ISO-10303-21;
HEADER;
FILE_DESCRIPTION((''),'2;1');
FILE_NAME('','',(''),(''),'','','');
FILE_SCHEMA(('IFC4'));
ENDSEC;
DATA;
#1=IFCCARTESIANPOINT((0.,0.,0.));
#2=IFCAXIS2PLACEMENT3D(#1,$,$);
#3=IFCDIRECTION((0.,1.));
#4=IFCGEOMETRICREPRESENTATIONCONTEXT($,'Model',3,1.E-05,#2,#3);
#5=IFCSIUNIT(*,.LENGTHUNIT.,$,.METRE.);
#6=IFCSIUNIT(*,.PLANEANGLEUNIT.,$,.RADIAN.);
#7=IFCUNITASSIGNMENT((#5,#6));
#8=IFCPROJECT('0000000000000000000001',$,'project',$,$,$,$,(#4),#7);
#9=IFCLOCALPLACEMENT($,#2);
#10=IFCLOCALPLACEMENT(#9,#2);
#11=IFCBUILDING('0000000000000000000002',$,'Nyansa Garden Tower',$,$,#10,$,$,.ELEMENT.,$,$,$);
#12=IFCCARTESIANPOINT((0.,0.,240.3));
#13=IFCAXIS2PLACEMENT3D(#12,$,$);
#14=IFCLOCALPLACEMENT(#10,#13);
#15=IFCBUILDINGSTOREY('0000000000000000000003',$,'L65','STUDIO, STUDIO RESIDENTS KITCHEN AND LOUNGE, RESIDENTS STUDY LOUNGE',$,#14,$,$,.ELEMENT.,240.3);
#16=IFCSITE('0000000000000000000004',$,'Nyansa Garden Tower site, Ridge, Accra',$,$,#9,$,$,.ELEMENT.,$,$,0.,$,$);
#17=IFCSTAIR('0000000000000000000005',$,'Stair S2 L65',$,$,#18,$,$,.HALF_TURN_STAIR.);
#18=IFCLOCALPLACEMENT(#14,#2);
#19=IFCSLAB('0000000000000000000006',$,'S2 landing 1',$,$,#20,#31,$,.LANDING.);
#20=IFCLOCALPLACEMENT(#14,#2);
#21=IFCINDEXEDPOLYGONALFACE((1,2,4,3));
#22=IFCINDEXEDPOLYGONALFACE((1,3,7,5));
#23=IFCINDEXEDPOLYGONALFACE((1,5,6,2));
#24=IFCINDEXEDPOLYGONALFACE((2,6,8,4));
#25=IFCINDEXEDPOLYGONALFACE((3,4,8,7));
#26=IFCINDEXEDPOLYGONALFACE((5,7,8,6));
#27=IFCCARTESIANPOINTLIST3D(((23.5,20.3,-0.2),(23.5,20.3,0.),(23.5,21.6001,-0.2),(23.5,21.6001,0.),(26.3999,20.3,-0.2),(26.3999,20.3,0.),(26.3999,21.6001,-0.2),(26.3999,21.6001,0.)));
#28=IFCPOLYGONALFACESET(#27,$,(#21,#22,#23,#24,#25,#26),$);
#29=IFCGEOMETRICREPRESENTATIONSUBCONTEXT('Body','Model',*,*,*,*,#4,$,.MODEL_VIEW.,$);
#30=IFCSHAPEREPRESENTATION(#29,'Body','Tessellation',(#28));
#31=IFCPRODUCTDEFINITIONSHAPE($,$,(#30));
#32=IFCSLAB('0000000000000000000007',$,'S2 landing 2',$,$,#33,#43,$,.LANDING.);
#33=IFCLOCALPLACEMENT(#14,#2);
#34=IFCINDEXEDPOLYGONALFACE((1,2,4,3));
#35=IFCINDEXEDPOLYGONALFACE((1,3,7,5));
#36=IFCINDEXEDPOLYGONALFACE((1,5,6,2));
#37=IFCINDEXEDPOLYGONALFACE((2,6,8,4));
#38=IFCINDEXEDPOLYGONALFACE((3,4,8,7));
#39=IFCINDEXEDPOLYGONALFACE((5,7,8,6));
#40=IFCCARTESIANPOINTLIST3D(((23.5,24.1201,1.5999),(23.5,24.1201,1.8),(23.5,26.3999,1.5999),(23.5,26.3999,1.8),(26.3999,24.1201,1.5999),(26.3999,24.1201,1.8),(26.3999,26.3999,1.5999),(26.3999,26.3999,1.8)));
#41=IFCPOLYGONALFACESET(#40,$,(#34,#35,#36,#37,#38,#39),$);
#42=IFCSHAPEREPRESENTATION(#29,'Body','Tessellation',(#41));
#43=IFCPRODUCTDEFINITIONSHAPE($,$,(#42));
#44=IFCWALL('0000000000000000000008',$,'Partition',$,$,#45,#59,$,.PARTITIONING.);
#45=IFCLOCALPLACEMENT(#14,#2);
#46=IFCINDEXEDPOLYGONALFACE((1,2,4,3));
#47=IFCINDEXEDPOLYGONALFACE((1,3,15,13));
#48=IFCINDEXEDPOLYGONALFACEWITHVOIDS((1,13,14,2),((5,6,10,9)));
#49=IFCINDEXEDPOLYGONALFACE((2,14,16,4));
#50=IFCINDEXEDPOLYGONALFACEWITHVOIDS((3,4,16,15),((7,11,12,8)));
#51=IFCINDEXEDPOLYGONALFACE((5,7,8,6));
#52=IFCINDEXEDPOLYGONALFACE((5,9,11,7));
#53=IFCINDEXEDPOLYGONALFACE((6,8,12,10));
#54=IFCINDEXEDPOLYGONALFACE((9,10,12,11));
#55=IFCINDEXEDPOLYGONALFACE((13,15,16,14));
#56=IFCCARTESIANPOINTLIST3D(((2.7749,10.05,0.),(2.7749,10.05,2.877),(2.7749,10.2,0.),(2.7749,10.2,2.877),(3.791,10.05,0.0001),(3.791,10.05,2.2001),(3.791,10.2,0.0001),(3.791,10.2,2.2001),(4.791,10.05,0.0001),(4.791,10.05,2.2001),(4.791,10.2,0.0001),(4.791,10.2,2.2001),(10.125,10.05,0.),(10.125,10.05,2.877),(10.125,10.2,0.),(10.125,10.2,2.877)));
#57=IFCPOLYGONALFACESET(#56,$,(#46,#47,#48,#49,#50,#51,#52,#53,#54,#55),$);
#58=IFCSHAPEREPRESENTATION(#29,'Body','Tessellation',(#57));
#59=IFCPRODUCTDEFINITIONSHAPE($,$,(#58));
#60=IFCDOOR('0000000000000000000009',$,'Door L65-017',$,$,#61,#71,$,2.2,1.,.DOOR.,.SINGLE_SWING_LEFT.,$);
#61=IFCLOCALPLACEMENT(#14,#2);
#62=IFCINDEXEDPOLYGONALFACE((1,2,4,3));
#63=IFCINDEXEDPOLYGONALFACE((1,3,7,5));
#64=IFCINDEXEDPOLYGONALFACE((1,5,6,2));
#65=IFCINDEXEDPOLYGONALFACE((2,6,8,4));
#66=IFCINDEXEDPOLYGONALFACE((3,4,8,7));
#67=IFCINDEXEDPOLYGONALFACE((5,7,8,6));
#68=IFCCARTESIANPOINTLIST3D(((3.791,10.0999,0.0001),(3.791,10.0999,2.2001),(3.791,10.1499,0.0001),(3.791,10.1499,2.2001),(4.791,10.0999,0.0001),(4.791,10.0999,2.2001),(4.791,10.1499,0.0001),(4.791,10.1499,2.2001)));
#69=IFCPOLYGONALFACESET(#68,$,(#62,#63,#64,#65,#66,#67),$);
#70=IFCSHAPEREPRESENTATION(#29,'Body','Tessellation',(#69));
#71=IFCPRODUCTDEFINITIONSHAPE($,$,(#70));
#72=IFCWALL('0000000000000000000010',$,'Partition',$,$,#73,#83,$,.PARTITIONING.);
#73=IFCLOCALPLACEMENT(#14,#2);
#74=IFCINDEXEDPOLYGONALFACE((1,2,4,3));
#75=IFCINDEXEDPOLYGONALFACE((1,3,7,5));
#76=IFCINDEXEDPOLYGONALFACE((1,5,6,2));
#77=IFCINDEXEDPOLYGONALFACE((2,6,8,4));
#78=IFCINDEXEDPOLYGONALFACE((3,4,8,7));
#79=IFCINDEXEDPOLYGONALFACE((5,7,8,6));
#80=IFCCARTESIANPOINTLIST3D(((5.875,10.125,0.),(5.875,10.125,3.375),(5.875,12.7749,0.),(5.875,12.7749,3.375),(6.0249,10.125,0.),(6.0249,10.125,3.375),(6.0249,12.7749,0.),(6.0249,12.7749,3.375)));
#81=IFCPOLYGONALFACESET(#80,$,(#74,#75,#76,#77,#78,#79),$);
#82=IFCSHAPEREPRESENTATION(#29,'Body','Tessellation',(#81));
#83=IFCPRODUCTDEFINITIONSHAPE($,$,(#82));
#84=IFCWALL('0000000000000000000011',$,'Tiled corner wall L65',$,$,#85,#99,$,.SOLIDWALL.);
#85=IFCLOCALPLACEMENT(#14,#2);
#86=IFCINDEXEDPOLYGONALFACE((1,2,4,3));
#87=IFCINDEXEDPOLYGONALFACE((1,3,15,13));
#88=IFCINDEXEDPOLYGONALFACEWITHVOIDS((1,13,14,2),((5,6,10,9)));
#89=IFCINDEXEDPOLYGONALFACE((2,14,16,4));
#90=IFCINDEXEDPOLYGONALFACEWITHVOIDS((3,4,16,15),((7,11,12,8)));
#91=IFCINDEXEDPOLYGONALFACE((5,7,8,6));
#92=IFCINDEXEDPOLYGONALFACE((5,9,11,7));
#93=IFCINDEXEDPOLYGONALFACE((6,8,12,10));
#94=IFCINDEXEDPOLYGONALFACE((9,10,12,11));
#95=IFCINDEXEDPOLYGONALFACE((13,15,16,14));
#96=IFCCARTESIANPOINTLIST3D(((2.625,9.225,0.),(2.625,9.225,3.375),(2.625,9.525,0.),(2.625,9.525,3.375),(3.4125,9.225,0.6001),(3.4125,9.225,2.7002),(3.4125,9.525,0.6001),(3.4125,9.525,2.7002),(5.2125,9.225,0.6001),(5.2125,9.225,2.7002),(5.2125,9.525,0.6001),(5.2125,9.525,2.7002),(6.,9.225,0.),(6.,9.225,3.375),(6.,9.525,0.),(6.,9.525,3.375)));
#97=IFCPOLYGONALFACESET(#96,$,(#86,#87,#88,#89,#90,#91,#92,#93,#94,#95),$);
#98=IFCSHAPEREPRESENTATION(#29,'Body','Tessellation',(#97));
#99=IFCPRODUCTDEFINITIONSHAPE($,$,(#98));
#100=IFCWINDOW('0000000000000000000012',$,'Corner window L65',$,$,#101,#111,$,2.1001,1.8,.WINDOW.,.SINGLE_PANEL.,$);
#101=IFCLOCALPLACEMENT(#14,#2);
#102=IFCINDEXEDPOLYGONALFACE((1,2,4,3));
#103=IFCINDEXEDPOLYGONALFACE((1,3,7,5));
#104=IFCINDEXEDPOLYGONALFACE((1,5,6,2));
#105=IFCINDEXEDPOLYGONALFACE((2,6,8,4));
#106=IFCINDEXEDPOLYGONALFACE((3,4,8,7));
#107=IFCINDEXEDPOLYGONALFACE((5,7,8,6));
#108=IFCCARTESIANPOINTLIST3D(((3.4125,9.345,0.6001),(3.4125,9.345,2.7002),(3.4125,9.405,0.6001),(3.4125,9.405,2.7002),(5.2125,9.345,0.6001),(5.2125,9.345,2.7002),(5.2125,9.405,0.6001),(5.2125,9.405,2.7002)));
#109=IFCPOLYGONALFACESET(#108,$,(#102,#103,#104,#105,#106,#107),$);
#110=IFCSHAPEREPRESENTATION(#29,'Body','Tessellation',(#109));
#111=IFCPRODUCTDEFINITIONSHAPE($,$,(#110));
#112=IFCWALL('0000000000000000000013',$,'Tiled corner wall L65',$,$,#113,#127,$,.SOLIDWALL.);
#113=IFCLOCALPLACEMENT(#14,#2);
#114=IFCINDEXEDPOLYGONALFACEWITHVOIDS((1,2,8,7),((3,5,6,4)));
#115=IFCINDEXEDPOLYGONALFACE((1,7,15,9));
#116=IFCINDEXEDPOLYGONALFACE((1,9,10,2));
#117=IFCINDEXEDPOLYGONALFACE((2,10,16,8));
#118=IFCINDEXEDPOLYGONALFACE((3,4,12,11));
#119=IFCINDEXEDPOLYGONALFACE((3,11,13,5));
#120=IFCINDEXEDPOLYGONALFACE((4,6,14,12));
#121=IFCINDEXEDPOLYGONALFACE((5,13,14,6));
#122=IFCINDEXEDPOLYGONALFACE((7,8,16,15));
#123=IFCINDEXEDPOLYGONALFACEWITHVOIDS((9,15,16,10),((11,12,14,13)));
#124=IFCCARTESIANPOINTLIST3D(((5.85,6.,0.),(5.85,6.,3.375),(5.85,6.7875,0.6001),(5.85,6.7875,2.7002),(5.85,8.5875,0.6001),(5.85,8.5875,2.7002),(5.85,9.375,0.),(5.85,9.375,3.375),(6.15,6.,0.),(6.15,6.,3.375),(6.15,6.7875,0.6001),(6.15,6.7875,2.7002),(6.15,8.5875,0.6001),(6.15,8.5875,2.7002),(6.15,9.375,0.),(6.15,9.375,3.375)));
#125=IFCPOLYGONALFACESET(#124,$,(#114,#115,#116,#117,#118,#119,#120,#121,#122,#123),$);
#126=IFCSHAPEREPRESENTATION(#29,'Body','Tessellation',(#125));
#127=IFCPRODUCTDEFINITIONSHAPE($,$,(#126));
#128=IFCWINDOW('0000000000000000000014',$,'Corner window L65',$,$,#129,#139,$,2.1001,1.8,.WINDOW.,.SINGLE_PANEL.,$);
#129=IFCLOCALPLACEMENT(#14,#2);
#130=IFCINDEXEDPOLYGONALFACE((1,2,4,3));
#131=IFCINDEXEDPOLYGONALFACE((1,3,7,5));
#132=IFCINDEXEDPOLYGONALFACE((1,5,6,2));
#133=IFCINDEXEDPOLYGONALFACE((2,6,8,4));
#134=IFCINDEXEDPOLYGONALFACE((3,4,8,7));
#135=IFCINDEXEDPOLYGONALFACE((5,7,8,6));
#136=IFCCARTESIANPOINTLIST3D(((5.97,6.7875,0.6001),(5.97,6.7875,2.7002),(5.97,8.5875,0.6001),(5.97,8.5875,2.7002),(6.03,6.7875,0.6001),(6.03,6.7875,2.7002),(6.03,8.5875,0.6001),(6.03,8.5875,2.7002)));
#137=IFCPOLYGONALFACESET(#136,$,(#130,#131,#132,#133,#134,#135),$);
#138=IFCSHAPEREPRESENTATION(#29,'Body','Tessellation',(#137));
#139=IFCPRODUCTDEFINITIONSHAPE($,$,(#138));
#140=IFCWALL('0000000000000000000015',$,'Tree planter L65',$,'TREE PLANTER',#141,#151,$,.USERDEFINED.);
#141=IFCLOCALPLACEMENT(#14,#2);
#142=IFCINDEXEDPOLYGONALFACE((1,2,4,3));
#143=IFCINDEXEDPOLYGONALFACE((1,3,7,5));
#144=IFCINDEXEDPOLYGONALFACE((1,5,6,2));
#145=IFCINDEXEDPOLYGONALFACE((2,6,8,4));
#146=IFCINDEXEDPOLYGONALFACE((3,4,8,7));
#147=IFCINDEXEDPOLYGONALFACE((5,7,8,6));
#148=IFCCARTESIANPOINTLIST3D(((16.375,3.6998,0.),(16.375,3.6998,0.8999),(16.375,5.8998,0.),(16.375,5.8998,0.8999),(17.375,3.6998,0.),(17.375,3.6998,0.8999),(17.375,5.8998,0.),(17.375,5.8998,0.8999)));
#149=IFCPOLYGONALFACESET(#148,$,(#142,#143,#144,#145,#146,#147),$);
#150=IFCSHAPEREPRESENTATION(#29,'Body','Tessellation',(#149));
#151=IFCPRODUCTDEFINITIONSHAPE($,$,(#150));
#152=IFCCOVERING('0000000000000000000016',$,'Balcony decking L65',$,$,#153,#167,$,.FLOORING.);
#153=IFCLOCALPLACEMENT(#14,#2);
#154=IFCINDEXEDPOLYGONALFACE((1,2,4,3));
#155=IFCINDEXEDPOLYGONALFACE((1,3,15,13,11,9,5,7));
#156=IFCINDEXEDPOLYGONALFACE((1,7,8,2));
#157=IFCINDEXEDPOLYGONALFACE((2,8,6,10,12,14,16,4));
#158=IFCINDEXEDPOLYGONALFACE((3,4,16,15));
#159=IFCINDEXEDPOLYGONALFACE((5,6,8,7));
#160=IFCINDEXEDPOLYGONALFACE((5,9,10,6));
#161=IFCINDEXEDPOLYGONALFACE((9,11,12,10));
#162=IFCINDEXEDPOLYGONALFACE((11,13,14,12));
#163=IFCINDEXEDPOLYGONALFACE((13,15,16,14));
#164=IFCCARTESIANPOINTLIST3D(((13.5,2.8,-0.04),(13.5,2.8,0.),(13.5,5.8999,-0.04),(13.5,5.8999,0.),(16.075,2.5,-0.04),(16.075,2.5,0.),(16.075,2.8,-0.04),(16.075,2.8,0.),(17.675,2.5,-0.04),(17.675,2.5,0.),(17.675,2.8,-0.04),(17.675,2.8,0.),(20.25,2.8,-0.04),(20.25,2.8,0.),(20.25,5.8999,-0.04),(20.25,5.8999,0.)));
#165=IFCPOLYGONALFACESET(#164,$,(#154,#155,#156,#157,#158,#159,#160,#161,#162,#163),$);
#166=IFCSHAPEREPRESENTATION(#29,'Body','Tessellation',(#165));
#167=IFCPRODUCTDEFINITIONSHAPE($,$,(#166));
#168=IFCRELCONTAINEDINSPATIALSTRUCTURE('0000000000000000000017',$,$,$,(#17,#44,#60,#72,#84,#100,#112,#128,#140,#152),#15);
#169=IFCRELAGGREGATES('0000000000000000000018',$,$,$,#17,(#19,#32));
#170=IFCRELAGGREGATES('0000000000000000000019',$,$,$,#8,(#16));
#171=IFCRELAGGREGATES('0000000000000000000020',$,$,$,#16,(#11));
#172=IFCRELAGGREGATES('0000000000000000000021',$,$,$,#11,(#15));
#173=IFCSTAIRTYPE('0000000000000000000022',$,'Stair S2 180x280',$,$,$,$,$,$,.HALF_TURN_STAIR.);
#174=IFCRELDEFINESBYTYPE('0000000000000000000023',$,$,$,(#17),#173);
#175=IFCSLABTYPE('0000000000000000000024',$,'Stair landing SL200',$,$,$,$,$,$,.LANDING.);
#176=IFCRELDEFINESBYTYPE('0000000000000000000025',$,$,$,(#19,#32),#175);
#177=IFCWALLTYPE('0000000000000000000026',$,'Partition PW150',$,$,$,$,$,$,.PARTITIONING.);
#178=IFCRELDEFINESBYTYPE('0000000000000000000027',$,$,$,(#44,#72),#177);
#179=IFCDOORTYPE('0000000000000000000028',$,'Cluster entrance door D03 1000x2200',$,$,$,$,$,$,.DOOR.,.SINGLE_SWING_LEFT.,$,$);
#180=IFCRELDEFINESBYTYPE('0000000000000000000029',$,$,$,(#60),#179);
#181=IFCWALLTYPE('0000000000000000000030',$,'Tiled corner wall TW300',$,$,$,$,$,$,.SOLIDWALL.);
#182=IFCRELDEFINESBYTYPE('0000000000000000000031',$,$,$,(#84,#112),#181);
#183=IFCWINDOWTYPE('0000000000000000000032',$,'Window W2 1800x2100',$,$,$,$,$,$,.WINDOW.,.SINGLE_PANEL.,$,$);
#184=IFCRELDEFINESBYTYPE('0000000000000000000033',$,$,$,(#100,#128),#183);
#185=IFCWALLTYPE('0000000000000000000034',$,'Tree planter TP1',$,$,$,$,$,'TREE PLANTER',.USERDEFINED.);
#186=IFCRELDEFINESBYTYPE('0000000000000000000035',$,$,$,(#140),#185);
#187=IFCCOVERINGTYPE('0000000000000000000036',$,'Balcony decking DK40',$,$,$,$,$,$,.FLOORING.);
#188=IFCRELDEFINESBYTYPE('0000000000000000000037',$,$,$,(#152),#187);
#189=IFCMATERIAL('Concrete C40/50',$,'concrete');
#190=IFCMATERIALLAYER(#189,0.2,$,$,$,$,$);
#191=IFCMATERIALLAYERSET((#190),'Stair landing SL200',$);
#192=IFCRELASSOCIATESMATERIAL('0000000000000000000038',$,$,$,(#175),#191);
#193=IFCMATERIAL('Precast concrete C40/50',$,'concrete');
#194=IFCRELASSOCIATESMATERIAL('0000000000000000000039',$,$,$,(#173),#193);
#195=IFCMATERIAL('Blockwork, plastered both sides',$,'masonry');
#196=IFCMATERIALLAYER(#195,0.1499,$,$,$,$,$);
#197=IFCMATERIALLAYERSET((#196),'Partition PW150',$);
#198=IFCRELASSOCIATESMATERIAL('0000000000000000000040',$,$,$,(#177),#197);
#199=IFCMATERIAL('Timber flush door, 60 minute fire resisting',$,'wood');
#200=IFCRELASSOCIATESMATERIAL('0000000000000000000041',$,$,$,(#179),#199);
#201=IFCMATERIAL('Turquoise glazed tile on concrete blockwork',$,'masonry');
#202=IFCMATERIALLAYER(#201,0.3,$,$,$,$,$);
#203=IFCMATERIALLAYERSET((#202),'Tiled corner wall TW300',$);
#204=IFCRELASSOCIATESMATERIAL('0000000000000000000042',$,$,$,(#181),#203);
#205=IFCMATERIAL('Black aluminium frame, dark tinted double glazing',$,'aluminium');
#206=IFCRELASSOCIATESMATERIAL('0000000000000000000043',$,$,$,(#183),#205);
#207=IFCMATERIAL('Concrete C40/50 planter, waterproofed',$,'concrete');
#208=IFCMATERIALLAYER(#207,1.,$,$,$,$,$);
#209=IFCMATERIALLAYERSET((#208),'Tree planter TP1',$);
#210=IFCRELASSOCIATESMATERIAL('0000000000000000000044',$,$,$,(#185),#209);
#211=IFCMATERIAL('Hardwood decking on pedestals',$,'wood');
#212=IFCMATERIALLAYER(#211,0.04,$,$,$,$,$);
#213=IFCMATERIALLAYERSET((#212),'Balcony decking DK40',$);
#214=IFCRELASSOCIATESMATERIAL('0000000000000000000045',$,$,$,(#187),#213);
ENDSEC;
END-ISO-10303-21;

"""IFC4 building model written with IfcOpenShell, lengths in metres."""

from ifc_helpers import new_model, si_unit, direction, frame, frame_2d, origin, place, context, subcontext, project, spatial, polyline, rectangle, outline, extrude, material, layer, layer_set, type_object, element, fill, aggregate, save


model = new_model("IFC4")

# Units and contexts
model_context = context("Model", 3, precision=1e-05, world=origin(), true_north=direction((0.0, 1.0)))
body_context = subcontext(model_context, "Body", "Model", "MODEL_VIEW")
ifc_project = project(units=[si_unit("LENGTHUNIT", "METRE"), si_unit("PLANEANGLEUNIT", "RADIAN")], contexts=[model_context])

# Site, building, storey
site_placement = place(None, origin())
site = spatial("IfcSite", under=ifc_project, at=site_placement, Name="Nyansa Garden Tower site, Ridge, Accra", CompositionType="ELEMENT", RefElevation=0.0)
building_placement = place(site_placement, origin())
building = spatial("IfcBuilding", under=site, at=building_placement, Name="Nyansa Garden Tower", CompositionType="ELEMENT")
storey_placement = place(building_placement, frame((0.0, 0.0, 240.3)))
storey = spatial("IfcBuildingStorey", under=building, at=storey_placement, Name="L65", Description="STUDIO, STUDIO RESIDENTS KITCHEN AND LOUNGE, RESIDENTS STUDY LOUNGE", CompositionType="ELEMENT", Elevation=240.3)

# Stair, slabs
ifc_material_1 = material(Name="Concrete C40/50", Category="concrete")
ifc_layer_1 = layer(ifc_material_1, 0.2)
ifc_layer_set_1 = layer_set([ifc_layer_1], Name="Stair landing SL200")
slab_type_1 = type_object("IfcSlabType", Name="Stair landing SL200", PredefinedType="LANDING", material=ifc_layer_set_1)
ifc_material_2 = material(Name="Precast concrete C40/50", Category="concrete")
stair_type_1 = type_object("IfcStairType", Name="Stair S2 180x280", PredefinedType="HALF_TURN_STAIR", material=ifc_material_2)
stair_1_placement = place(storey_placement, origin())
stair_1 = element("IfcStair", 1, at=stair_1_placement, inside=storey, type_object=stair_type_1, Name="Stair S2 L65", PredefinedType="HALF_TURN_STAIR")
slab_1_placement = place(storey_placement, frame((0.0, 0.0, -0.2)))
slab_1 = element("IfcSlab", 2, at=slab_1_placement, type_object=slab_type_1, Name="S2 landing 1", PredefinedType="LANDING", context=body_context, shape_type="SweptSolid", body=[
    extrude(outline(polyline([(23.5, 20.3), (26.3999, 20.3), (26.3999, 21.6001), (23.5, 21.6001), (23.5, 20.3)])), origin(), (0.0, 0.0, 1.0), 0.2),
])
slab_2_placement = place(storey_placement, frame((0.0, 0.0, 1.5999)))
slab_2 = element("IfcSlab", 3, at=slab_2_placement, type_object=slab_type_1, Name="S2 landing 2", PredefinedType="LANDING", context=body_context, shape_type="SweptSolid", body=[
    extrude(outline(polyline([(23.5, 24.1201), (26.3999, 24.1201), (26.3999, 26.3999), (23.5, 26.3999), (23.5, 24.1201)])), origin(), (0.0, 0.0, 1.0), 0.2002),
])
aggregate(stair_1, [slab_1, slab_2])

# Wall, opening, door
ifc_material_3 = material(Name="Blockwork, plastered both sides", Category="masonry")
ifc_layer_2 = layer(ifc_material_3, 0.1499)
ifc_layer_set_2 = layer_set([ifc_layer_2], Name="Partition PW150")
wall_type_1 = type_object("IfcWallType", Name="Partition PW150", PredefinedType="PARTITIONING", material=ifc_layer_set_2)
wall_1_placement = place(storey_placement, frame((2.7749, 10.125, 0.0), z_axis=(0.0, 0.0, 1.0), x_axis=(1.0, 0.0, 0.0)))
wall_1 = element("IfcWall", 4, at=wall_1_placement, inside=storey, type_object=wall_type_1, Name="Partition", PredefinedType="PARTITIONING", context=body_context, shape_type="SweptSolid", body=[
    extrude(rectangle(XDim=7.3501, YDim=0.1499, at=frame_2d((3.675, 0.0))), origin(), (0.0, 0.0, 1.0), 2.877),
])
opening_1_placement = place(wall_1_placement, frame((1.0161, 0.0, 0.0)))
opening_1 = element("IfcOpeningElement", 5, at=opening_1_placement, cuts=wall_1, PredefinedType="OPENING", context=body_context, shape_type="SweptSolid", body=[
    extrude(rectangle(XDim=1.0, YDim=2.2, at=frame_2d((0.5, 1.1001))), frame((0.0, 0.085, 0.0), z_axis=(0.0, -1.0, 0.0), x_axis=(1.0, 0.0, 0.0)), (0.0, 0.0, 1.0), 0.1699),
])
ifc_material_4 = material(Name="Timber flush door, 60 minute fire resisting", Category="wood")
door_type = type_object("IfcDoorType", Name="Cluster entrance door D03 1000x2200", OperationType="SINGLE_SWING_LEFT", PredefinedType="DOOR", material=ifc_material_4)
door_placement = place(opening_1_placement, origin())
door = element("IfcDoor", 6, at=door_placement, inside=storey, type_object=door_type, Name="Door L65-017", OperationType="SINGLE_SWING_LEFT", OverallHeight=2.2, OverallWidth=1.0, PredefinedType="DOOR", context=body_context, shape_type="SweptSolid", body=[
    extrude(rectangle(XDim=1.0, YDim=2.2, at=frame_2d((0.5, 1.1001))), frame((0.0, 0.0249, 0.0), z_axis=(0.0, -1.0, 0.0), x_axis=(1.0, 0.0, 0.0)), (0.0, 0.0, 1.0), 0.05),
])
fill(opening_1, door)

# Wall
wall_2_placement = place(storey_placement, frame((5.95, 10.125, 0.0), z_axis=(0.0, 0.0, 1.0), x_axis=(0.0, 1.0, 0.0)))
element("IfcWall", 7, at=wall_2_placement, inside=storey, type_object=wall_type_1, Name="Partition", PredefinedType="PARTITIONING", context=body_context, shape_type="SweptSolid", body=[
    extrude(rectangle(XDim=2.6499, YDim=0.1499, at=frame_2d((1.325, 0.0))), origin(), (0.0, 0.0, 1.0), 3.375),
])

# Walls, openings, windows
ifc_material_5 = material(Name="Turquoise glazed tile on concrete blockwork", Category="masonry")
ifc_layer_3 = layer(ifc_material_5, 0.3)
ifc_layer_set_3 = layer_set([ifc_layer_3], Name="Tiled corner wall TW300")
wall_type_2 = type_object("IfcWallType", Name="Tiled corner wall TW300", PredefinedType="SOLIDWALL", material=ifc_layer_set_3)
wall_3_placement = place(storey_placement, frame((2.625, 9.375, 0.0), z_axis=(0.0, 0.0, 1.0), x_axis=(1.0, 0.0, 0.0)))
wall_3 = element("IfcWall", 8, at=wall_3_placement, inside=storey, type_object=wall_type_2, Name="Tiled corner wall L65", PredefinedType="SOLIDWALL", context=body_context, shape_type="SweptSolid", body=[
    extrude(rectangle(XDim=3.375, YDim=0.3, at=frame_2d((1.6875, 0.0))), origin(), (0.0, 0.0, 1.0), 3.375),
])
opening_2_placement = place(wall_3_placement, frame((0.7876, 0.0, 0.6001)))
opening_2 = element("IfcOpeningElement", 9, at=opening_2_placement, cuts=wall_3, PredefinedType="OPENING", context=body_context, shape_type="SweptSolid", body=[
    extrude(rectangle(XDim=1.8, YDim=2.1001, at=frame_2d((0.8999, 1.05))), frame((0.0, 0.1599, 0.0), z_axis=(0.0, -1.0, 0.0), x_axis=(1.0, 0.0, 0.0)), (0.0, 0.0, 1.0), 0.3201),
])
ifc_material_6 = material(Name="Black aluminium frame, dark tinted double glazing", Category="aluminium")
window_type = type_object("IfcWindowType", Name="Window W2 1800x2100", PartitioningType="SINGLE_PANEL", PredefinedType="WINDOW", material=ifc_material_6)
window_1_placement = place(opening_2_placement, origin())
window_1 = element("IfcWindow", 10, at=window_1_placement, inside=storey, type_object=window_type, Name="Corner window L65", OverallHeight=2.1001, OverallWidth=1.8, PartitioningType="SINGLE_PANEL", PredefinedType="WINDOW", context=body_context, shape_type="SweptSolid", body=[
    extrude(rectangle(XDim=1.8, YDim=2.1001, at=frame_2d((0.8999, 1.05))), frame((0.0, 0.03, 0.0), z_axis=(0.0, -1.0, 0.0), x_axis=(1.0, 0.0, 0.0)), (0.0, 0.0, 1.0), 0.0601),
])
fill(opening_2, window_1)
wall_4_placement = place(storey_placement, frame((6.0, 9.375, 0.0), z_axis=(0.0, 0.0, 1.0), x_axis=(0.0, -1.0, 0.0)))
wall_4 = element("IfcWall", 11, at=wall_4_placement, inside=storey, type_object=wall_type_2, Name="Tiled corner wall L65", PredefinedType="SOLIDWALL", context=body_context, shape_type="SweptSolid", body=[
    extrude(rectangle(XDim=3.375, YDim=0.3, at=frame_2d((1.6875, 0.0))), origin(), (0.0, 0.0, 1.0), 3.375),
])
opening_3_placement = place(wall_4_placement, frame((0.7876, 0.0, 0.6001)))
opening_3 = element("IfcOpeningElement", 12, at=opening_3_placement, cuts=wall_4, PredefinedType="OPENING", context=body_context, shape_type="SweptSolid", body=[
    extrude(rectangle(XDim=1.8, YDim=2.1001, at=frame_2d((0.8999, 1.05))), frame((0.0, 0.1599, 0.0), z_axis=(0.0, -1.0, 0.0), x_axis=(1.0, 0.0, 0.0)), (0.0, 0.0, 1.0), 0.3201),
])
window_2_placement = place(opening_3_placement, origin())
window_2 = element("IfcWindow", 13, at=window_2_placement, inside=storey, type_object=window_type, Name="Corner window L65", OverallHeight=2.1001, OverallWidth=1.8, PartitioningType="SINGLE_PANEL", PredefinedType="WINDOW", context=body_context, shape_type="SweptSolid", body=[
    extrude(rectangle(XDim=1.8, YDim=2.1001, at=frame_2d((0.8999, 1.05))), frame((0.0, 0.03, 0.0), z_axis=(0.0, -1.0, 0.0), x_axis=(1.0, 0.0, 0.0)), (0.0, 0.0, 1.0), 0.0601),
])
fill(opening_3, window_2)

# Wall
ifc_material_7 = material(Name="Concrete C40/50 planter, waterproofed", Category="concrete")
ifc_layer_4 = layer(ifc_material_7, 1.0)
ifc_layer_set_4 = layer_set([ifc_layer_4], Name="Tree planter TP1")
wall_type_3 = type_object("IfcWallType", Name="Tree planter TP1", ElementType="TREE PLANTER", PredefinedType="USERDEFINED", material=ifc_layer_set_4)
wall_5_placement = place(storey_placement, frame((16.875, 5.8999, 0.0), z_axis=(0.0, 0.0, 1.0), x_axis=(0.0, -1.0, 0.0)))
element("IfcWall", 14, at=wall_5_placement, inside=storey, type_object=wall_type_3, Name="Tree planter L65", ObjectType="TREE PLANTER", PredefinedType="USERDEFINED", context=body_context, shape_type="SweptSolid", body=[
    extrude(rectangle(XDim=2.2, YDim=1.0, at=frame_2d((1.1001, 0.0))), origin(), (0.0, 0.0, 1.0), 0.8999),
])

# Covering
ifc_material_8 = material(Name="Hardwood decking on pedestals", Category="wood")
ifc_layer_5 = layer(ifc_material_8, 0.04)
ifc_layer_set_5 = layer_set([ifc_layer_5], Name="Balcony decking DK40")
covering_type = type_object("IfcCoveringType", Name="Balcony decking DK40", PredefinedType="FLOORING", material=ifc_layer_set_5)
covering_1_placement = place(storey_placement, frame((0.0, 0.0, -0.04)))
element("IfcCovering", 15, at=covering_1_placement, inside=storey, type_object=covering_type, Name="Balcony decking L65", PredefinedType="FLOORING", context=body_context, shape_type="SweptSolid", body=[
    extrude(outline(polyline([(13.5, 5.8999), (20.25, 5.8999), (20.25, 2.8), (17.675, 2.8), (17.675, 2.5), (16.075, 2.5), (16.075, 2.8), (13.5, 2.8), (13.5, 5.8999)])), origin(), (0.0, 0.0, 1.0), 0.04),
])

save(model, "model.ifc")
